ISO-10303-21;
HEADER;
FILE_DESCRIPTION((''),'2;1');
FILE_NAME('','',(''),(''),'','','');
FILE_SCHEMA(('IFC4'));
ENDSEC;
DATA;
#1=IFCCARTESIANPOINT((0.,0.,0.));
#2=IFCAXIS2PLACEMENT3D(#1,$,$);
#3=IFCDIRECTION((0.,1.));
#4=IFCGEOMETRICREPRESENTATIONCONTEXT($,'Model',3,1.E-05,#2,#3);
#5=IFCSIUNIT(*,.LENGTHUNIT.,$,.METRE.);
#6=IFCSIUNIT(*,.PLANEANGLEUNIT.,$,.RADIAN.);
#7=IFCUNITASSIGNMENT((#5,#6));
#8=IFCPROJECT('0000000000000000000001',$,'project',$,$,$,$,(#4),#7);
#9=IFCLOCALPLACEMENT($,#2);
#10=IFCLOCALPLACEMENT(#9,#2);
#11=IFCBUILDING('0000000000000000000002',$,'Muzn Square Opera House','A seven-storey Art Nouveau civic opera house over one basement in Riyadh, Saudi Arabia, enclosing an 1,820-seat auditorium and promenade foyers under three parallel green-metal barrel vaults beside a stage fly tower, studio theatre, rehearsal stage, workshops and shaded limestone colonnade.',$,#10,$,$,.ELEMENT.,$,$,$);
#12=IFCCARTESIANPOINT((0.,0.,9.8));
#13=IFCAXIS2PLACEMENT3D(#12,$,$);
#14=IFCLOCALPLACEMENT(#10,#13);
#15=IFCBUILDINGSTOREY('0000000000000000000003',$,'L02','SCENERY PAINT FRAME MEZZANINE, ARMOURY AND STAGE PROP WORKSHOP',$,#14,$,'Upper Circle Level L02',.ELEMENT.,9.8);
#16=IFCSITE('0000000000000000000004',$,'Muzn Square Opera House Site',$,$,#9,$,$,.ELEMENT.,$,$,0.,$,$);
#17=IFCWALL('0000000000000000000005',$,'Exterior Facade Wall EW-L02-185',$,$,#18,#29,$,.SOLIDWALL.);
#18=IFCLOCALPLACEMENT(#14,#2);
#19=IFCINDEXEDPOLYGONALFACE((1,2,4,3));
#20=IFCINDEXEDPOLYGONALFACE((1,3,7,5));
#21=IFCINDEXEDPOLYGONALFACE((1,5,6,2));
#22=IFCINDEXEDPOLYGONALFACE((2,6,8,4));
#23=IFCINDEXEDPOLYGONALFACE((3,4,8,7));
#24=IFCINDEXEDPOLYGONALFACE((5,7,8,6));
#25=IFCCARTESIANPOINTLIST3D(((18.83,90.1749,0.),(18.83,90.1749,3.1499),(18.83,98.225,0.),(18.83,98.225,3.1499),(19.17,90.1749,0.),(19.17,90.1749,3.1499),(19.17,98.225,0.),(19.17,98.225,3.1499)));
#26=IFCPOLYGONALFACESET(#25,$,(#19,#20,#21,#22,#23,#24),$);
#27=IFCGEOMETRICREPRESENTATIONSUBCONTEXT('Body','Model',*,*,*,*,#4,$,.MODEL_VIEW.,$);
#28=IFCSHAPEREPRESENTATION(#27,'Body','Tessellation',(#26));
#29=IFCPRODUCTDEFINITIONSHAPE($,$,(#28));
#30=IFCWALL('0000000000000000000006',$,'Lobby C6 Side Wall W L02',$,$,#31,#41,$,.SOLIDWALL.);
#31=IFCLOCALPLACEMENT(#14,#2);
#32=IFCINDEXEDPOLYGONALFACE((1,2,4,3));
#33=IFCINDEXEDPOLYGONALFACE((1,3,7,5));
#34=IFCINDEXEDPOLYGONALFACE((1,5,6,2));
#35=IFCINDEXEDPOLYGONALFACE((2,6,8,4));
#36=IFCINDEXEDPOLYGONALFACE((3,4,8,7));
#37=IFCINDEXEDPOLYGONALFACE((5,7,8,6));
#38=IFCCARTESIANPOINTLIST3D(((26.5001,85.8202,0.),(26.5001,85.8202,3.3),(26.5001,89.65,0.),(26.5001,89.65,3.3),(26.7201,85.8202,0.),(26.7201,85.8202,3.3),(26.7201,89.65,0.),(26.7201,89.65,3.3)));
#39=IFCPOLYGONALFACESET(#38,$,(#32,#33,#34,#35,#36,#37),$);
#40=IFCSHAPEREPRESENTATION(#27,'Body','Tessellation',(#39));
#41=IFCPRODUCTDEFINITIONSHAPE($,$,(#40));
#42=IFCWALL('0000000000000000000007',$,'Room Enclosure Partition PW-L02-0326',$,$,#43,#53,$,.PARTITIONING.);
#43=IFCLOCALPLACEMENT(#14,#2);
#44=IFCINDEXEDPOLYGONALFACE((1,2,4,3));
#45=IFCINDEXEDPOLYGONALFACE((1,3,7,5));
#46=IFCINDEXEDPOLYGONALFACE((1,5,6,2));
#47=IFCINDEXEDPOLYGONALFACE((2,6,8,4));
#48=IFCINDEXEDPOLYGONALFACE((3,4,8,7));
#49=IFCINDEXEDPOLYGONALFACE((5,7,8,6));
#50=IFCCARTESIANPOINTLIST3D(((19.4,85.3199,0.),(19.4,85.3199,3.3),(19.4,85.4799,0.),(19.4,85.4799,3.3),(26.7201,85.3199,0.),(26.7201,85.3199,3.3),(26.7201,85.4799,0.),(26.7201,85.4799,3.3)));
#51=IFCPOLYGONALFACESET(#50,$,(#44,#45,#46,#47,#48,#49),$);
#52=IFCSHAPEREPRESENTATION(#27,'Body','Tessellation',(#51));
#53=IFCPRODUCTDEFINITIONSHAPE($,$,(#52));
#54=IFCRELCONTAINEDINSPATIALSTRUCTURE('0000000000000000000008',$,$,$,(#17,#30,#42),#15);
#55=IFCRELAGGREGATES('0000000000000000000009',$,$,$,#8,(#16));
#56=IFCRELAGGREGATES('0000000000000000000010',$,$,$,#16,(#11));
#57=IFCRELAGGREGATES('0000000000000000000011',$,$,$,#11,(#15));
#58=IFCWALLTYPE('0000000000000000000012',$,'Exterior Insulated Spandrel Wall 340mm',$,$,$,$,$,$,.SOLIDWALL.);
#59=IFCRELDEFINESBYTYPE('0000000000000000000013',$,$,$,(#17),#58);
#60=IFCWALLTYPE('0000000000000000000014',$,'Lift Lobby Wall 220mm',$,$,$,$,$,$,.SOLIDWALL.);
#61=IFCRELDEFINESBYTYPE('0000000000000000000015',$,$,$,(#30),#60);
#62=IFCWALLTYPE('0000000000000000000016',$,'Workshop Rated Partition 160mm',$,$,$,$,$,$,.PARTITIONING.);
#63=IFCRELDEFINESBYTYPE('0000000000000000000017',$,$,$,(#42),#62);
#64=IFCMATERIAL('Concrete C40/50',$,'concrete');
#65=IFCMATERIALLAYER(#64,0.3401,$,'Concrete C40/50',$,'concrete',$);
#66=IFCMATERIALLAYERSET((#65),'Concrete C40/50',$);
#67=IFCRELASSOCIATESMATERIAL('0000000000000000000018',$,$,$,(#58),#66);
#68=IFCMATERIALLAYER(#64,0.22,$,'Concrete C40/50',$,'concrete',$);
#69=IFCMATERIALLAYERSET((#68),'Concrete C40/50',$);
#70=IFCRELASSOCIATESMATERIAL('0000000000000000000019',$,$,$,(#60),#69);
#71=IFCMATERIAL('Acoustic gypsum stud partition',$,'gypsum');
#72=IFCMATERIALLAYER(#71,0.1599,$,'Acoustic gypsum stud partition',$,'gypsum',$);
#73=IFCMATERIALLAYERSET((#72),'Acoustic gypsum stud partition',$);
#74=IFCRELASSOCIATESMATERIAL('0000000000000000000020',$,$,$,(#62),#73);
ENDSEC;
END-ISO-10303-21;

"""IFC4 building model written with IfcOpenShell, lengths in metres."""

from ifc_helpers import new_model, si_unit, direction, frame, frame_2d, origin, place, context, subcontext, project, spatial, rectangle, extrude, material, layer, layer_set, type_object, element, save


model = new_model("IFC4")

# Units and contexts
model_context = context("Model", 3, precision=1e-05, world=origin(), true_north=direction((0.0, 1.0)))
body_context = subcontext(model_context, "Body", "Model", "MODEL_VIEW")
ifc_project = project(units=[si_unit("LENGTHUNIT", "METRE"), si_unit("PLANEANGLEUNIT", "RADIAN")], contexts=[model_context])

# Site, building, storey
site_placement = place(None, origin())
site = spatial("IfcSite", under=ifc_project, at=site_placement, Name="Muzn Square Opera House Site", CompositionType="ELEMENT", RefElevation=0.0)
building_placement = place(site_placement, origin())
building = spatial("IfcBuilding", under=site, at=building_placement, Name="Muzn Square Opera House", Description="A seven-storey Art Nouveau civic opera house over one basement in Riyadh, Saudi Arabia, enclosing an 1,820-seat auditorium and promenade foyers under three parallel green-metal barrel vaults beside a stage fly tower, studio theatre, rehearsal stage, workshops and shaded limestone colonnade.", CompositionType="ELEMENT")
storey_placement = place(building_placement, frame((0.0, 0.0, 9.8)))
storey = spatial("IfcBuildingStorey", under=building, at=storey_placement, Name="L02", Description="SCENERY PAINT FRAME MEZZANINE, ARMOURY AND STAGE PROP WORKSHOP", LongName="Upper Circle Level L02", CompositionType="ELEMENT", Elevation=9.8)

# Shared definitions
ifc_material_1 = material(Name="Concrete C40/50", Category="concrete")

# Walls
ifc_layer_1 = layer(ifc_material_1, 0.3401, Name="Concrete C40/50", Category="concrete")
ifc_layer_set_1 = layer_set([ifc_layer_1], Name="Concrete C40/50")
wall_type_1 = type_object("IfcWallType", Name="Exterior Insulated Spandrel Wall 340mm", PredefinedType="SOLIDWALL", material=ifc_layer_set_1)
wall_1_placement = place(storey_placement, frame((19.0, 90.175, 0.0), z_axis=(0.0, 0.0, 1.0), x_axis=(0.0, 1.0, 0.0)))
element("IfcWall", 1, at=wall_1_placement, inside=storey, type_object=wall_type_1, Name="Exterior Facade Wall EW-L02-185", PredefinedType="SOLIDWALL", context=body_context, shape_type="SweptSolid", body=[
    extrude(rectangle(XDim=8.05, YDim=0.3401, at=frame_2d((4.0249, 0.0))), origin(), (0.0, 0.0, 1.0), 3.1499),
])
ifc_layer_2 = layer(ifc_material_1, 0.22, Name="Concrete C40/50", Category="concrete")
ifc_layer_set_2 = layer_set([ifc_layer_2], Name="Concrete C40/50")
wall_type_2 = type_object("IfcWallType", Name="Lift Lobby Wall 220mm", PredefinedType="SOLIDWALL", material=ifc_layer_set_2)
wall_2_placement = place(storey_placement, frame((26.6101, 85.8201, 0.0), z_axis=(0.0, 0.0, 1.0), x_axis=(0.0, 1.0, 0.0)))
element("IfcWall", 2, at=wall_2_placement, inside=storey, type_object=wall_type_2, Name="Lobby C6 Side Wall W L02", PredefinedType="SOLIDWALL", context=body_context, shape_type="SweptSolid", body=[
    extrude(rectangle(XDim=3.8298, YDim=0.22, at=frame_2d((1.915, 0.0))), origin(), (0.0, 0.0, 1.0), 3.3),
])
ifc_material_2 = material(Name="Acoustic gypsum stud partition", Category="gypsum")
ifc_layer_3 = layer(ifc_material_2, 0.1599, Name="Acoustic gypsum stud partition", Category="gypsum")
ifc_layer_set_3 = layer_set([ifc_layer_3], Name="Acoustic gypsum stud partition")
wall_type_3 = type_object("IfcWallType", Name="Workshop Rated Partition 160mm", PredefinedType="PARTITIONING", material=ifc_layer_set_3)
wall_3_placement = place(storey_placement, frame((19.3999, 85.3999, 0.0), z_axis=(0.0, 0.0, 1.0), x_axis=(1.0, 0.0, 0.0)))
element("IfcWall", 3, at=wall_3_placement, inside=storey, type_object=wall_type_3, Name="Room Enclosure Partition PW-L02-0326", PredefinedType="PARTITIONING", context=body_context, shape_type="SweptSolid", body=[
    extrude(rectangle(XDim=7.3201, YDim=0.1599, at=frame_2d((3.6602, 0.0))), origin(), (0.0, 0.0, 1.0), 3.3),
])

save(model, "model.ifc")
